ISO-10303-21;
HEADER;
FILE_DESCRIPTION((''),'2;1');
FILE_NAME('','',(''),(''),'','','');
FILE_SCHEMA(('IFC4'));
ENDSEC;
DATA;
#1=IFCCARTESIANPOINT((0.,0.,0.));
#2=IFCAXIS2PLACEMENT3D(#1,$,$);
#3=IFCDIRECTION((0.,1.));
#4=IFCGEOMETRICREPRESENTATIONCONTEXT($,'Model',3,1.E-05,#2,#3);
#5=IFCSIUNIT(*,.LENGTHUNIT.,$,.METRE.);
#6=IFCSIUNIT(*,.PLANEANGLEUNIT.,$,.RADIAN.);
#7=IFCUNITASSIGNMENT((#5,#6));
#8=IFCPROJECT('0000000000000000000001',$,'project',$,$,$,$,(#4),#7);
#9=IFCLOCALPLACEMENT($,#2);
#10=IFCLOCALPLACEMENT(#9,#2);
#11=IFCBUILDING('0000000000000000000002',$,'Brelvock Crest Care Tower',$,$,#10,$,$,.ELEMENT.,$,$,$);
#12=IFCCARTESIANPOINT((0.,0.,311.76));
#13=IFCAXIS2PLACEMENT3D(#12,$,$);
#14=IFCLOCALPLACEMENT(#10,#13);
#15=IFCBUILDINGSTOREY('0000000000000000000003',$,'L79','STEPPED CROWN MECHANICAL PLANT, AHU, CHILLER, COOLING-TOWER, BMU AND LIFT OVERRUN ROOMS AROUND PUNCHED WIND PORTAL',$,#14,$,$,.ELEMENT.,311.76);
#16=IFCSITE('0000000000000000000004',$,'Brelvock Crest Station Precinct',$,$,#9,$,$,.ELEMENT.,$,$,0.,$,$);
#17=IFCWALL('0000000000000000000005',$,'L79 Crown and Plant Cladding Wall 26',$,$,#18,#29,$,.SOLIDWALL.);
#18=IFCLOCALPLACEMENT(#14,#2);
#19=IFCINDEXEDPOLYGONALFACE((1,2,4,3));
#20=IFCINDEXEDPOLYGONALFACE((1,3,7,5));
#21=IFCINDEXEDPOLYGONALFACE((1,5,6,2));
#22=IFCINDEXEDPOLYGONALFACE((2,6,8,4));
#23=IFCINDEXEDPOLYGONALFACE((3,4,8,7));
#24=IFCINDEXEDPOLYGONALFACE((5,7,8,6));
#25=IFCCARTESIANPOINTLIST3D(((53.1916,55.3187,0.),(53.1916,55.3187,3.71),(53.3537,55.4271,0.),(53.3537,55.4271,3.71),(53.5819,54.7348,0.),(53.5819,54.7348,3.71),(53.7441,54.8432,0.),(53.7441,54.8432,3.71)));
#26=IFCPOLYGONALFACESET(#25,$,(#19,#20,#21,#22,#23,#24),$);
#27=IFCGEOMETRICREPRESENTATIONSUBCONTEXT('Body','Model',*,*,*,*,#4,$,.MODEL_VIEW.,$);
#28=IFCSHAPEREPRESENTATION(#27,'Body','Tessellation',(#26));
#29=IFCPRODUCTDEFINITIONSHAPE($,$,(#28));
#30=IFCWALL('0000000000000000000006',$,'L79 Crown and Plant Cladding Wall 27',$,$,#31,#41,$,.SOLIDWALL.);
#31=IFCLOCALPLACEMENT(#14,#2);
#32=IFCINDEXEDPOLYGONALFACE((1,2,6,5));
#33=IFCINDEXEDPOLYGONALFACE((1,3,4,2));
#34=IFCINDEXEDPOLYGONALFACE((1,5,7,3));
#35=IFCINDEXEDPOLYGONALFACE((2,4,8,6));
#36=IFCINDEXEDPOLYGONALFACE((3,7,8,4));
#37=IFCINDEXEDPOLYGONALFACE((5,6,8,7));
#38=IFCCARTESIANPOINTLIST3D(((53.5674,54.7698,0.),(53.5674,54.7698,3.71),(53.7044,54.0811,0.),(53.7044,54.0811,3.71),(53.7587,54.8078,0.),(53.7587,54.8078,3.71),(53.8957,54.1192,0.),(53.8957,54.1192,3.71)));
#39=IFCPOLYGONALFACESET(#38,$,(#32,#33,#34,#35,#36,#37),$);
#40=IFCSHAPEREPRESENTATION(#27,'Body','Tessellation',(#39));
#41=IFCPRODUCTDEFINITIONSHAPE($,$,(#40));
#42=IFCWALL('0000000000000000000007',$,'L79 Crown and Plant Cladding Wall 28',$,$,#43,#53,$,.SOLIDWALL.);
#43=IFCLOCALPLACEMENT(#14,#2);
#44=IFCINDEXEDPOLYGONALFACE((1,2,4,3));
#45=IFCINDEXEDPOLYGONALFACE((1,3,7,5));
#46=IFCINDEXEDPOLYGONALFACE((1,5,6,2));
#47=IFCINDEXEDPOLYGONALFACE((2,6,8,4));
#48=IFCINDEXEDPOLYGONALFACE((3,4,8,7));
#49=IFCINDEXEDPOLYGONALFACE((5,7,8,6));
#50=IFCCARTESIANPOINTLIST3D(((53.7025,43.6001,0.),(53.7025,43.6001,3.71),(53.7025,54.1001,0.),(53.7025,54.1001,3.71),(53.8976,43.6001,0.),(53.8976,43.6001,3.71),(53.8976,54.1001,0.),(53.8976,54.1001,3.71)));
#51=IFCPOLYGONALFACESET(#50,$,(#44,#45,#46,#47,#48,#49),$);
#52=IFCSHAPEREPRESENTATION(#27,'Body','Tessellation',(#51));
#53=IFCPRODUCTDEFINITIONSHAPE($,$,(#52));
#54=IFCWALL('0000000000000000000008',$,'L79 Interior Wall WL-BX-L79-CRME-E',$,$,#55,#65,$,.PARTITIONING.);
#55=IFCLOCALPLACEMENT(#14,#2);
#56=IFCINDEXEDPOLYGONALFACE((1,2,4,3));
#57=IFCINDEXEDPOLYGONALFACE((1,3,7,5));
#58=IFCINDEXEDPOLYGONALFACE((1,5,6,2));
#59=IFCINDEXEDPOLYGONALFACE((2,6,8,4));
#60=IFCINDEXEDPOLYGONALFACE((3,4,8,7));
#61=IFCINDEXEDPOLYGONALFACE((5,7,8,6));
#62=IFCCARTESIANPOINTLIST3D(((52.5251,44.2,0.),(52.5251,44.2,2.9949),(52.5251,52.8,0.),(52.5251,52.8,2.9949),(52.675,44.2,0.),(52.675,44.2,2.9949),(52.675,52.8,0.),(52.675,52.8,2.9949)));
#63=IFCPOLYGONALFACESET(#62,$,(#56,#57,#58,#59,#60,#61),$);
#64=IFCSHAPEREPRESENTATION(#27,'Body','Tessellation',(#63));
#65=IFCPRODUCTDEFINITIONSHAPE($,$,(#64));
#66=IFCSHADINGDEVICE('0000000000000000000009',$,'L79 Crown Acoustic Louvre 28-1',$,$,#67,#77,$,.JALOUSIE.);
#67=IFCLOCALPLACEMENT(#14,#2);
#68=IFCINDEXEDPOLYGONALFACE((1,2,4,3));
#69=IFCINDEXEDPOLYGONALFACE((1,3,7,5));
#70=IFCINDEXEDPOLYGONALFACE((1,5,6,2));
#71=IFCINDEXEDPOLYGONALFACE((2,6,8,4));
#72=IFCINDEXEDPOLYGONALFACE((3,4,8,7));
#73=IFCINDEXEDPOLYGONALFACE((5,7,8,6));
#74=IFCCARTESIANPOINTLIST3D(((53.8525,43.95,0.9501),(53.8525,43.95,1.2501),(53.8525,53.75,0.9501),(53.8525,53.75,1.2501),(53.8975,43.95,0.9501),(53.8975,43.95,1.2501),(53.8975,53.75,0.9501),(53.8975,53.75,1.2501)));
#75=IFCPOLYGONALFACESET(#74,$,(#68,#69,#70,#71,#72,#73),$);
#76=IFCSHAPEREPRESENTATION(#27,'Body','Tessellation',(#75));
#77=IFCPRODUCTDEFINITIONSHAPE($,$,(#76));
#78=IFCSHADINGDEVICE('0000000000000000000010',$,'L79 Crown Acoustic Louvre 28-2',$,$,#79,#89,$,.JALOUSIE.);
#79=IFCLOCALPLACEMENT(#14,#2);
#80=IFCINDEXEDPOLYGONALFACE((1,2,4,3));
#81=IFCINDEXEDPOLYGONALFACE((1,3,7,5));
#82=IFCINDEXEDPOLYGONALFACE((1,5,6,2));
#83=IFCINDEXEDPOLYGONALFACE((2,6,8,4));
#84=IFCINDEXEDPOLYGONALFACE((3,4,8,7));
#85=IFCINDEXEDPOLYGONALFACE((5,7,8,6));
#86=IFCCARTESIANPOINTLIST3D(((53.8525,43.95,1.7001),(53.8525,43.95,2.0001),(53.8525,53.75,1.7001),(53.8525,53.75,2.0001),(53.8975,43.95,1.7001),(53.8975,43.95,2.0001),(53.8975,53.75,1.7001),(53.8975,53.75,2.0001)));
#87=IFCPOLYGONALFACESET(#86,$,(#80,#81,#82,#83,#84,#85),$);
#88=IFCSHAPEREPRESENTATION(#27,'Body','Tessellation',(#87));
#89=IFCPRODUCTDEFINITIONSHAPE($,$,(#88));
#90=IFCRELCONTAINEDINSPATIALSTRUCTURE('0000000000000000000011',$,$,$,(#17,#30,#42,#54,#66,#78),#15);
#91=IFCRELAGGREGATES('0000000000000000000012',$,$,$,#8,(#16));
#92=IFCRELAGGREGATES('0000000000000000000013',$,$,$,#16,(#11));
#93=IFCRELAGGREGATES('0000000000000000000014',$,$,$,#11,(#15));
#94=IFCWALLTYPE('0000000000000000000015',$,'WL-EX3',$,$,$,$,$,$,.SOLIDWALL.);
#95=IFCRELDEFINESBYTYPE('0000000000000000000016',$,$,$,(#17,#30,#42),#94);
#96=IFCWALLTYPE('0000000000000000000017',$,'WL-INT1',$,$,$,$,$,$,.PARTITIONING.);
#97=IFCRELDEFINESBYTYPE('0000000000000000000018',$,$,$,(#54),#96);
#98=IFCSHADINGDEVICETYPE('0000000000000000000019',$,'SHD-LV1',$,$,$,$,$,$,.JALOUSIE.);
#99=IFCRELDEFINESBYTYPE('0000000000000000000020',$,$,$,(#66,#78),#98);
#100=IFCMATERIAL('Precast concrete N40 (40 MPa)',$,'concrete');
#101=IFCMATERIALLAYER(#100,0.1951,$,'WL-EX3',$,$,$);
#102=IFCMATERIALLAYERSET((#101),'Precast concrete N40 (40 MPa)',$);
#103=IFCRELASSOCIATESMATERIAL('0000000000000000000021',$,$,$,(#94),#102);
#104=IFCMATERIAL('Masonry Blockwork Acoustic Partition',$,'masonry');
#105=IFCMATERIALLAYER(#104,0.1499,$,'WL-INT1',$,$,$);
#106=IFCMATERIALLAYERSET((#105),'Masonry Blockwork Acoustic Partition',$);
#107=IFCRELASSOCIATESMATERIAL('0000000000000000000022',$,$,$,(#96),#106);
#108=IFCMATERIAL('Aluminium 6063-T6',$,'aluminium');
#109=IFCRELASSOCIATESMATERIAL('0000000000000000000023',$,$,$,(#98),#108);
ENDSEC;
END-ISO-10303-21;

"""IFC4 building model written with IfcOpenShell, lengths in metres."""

from ifc_helpers import new_model, si_unit, direction, frame, frame_2d, origin, origin_2d, place, context, subcontext, project, spatial, rectangle, extrude, source, transform, mapped, material, layer, layer_set, material_profile, profile_set, type_object, element, save


model = new_model("IFC4")

# Units and contexts
model_context = context("Model", 3, precision=1e-05, world=origin(), true_north=direction((0.0, 1.0)))
body_context = subcontext(model_context, "Body", "Model", "MODEL_VIEW")
ifc_project = project(units=[si_unit("LENGTHUNIT", "METRE"), si_unit("PLANEANGLEUNIT", "RADIAN")], contexts=[model_context])

# Site, building, storey
site_placement = place(None, origin())
site = spatial("IfcSite", under=ifc_project, at=site_placement, Name="Brelvock Crest Station Precinct", CompositionType="ELEMENT", RefElevation=0.0)
building_placement = place(site_placement, origin())
building = spatial("IfcBuilding", under=site, at=building_placement, Name="Brelvock Crest Care Tower", CompositionType="ELEMENT")
storey_placement = place(building_placement, frame((0.0, 0.0, 311.76)))
storey = spatial("IfcBuildingStorey", under=building, at=storey_placement, Name="L79", Description="STEPPED CROWN MECHANICAL PLANT, AHU, CHILLER, COOLING-TOWER, BMU AND LIFT OVERRUN ROOMS AROUND PUNCHED WIND PORTAL", CompositionType="ELEMENT", Elevation=311.76)

# Walls
ifc_material_1 = material(Name="Precast concrete N40 (40 MPa)", Category="concrete")
ifc_layer_1 = layer(ifc_material_1, 0.1951, Name="WL-EX3")
ifc_layer_set_1 = layer_set([ifc_layer_1], Name="Precast concrete N40 (40 MPa)")
wall_type_1 = type_object("IfcWallType", Name="WL-EX3", PredefinedType="SOLIDWALL", material=ifc_layer_set_1)
for number, where, z_axis, x_axis, name in (
    (1, (53.2727, 55.3728, 0.0), (0.0, 0.0, 1.0), (0.555742, -0.831355, 0.0), "L79 Crown and Plant Cladding Wall 26"),
):
    element("IfcWall", number, at=place(storey_placement, frame(where, z_axis=z_axis, x_axis=x_axis)), inside=storey, type_object=wall_type_1, Name=name, PredefinedType="SOLIDWALL", context=body_context, shape_type="SweptSolid", body=[
        extrude(rectangle(XDim=0.7024, YDim=0.1951, at=frame_2d((0.3511, 0.0))), origin(), (0.0, 0.0, 1.0), 3.71),
    ])
wall_1_placement = place(storey_placement, frame((53.6631, 54.7888, 0.0), z_axis=(0.0, 0.0, 1.0), x_axis=(0.195046, -0.980794, 0.0)))
element("IfcWall", 2, at=wall_1_placement, inside=storey, type_object=wall_type_1, Name="L79 Crown and Plant Cladding Wall 27", PredefinedType="SOLIDWALL", context=body_context, shape_type="SweptSolid", body=[
    extrude(rectangle(XDim=0.7021, YDim=0.1951, at=frame_2d((0.3511, 0.0))), origin(), (0.0, 0.0, 1.0), 3.71),
])
wall_2_placement = place(storey_placement, frame((53.8, 54.1001, 0.0), z_axis=(0.0, 0.0, 1.0), x_axis=(0.0, -1.0, 0.0)))
element("IfcWall", 3, at=wall_2_placement, inside=storey, type_object=wall_type_1, Name="L79 Crown and Plant Cladding Wall 28", PredefinedType="SOLIDWALL", context=body_context, shape_type="SweptSolid", body=[
    extrude(rectangle(XDim=10.5, YDim=0.1951, at=frame_2d((5.25, 0.0))), origin(), (0.0, 0.0, 1.0), 3.71),
])
ifc_material_2 = material(Name="Masonry Blockwork Acoustic Partition", Category="masonry")
ifc_layer_2 = layer(ifc_material_2, 0.1499, Name="WL-INT1")
ifc_layer_set_2 = layer_set([ifc_layer_2], Name="Masonry Blockwork Acoustic Partition")
wall_type_2 = type_object("IfcWallType", Name="WL-INT1", PredefinedType="PARTITIONING", material=ifc_layer_set_2)
wall_3_placement = place(storey_placement, frame((52.6001, 44.2, 0.0), z_axis=(0.0, 0.0, 1.0), x_axis=(0.0, 1.0, 0.0)))
element("IfcWall", 4, at=wall_3_placement, inside=storey, type_object=wall_type_2, Name="L79 Interior Wall WL-BX-L79-CRME-E", PredefinedType="PARTITIONING", context=body_context, shape_type="SweptSolid", body=[
    extrude(rectangle(XDim=8.6001, YDim=0.1499, at=frame_2d((4.3, 0.0))), origin(), (0.0, 0.0, 1.0), 2.9949),
])

# Shading devices
ifc_material_3 = material(Name="Aluminium 6063-T6", Category="aluminium")
ifc_material_profile_1 = material_profile(ifc_material_3, rectangle(XDim=0.0449, YDim=0.3, at=origin_2d()), Name="LOUVRE45x300")
ifc_profile_set_1 = profile_set([ifc_material_profile_1], Name="Aluminium 6063-T6")
shading_device_type = type_object("IfcShadingDeviceType", Name="SHD-LV1", PredefinedType="JALOUSIE", material=ifc_profile_set_1)
shared_shape_1 = source(origin(), body_context, "Body", "SweptSolid", [
    extrude(rectangle(XDim=0.0449, YDim=0.3, at=origin_2d()), origin(), (0.0, 0.0, 1.0), 9.8),
])
for number, where, z_axis, x_axis, name in (
    (5, (53.875, 53.75, 1.1001), (0.0, -1.0, 0.0), (1.0, 0.0, 0.0), "L79 Crown Acoustic Louvre 28-1"),
    (6, (53.875, 53.75, 1.8501), (0.0, -1.0, 0.0), (1.0, 0.0, 0.0), "L79 Crown Acoustic Louvre 28-2"),
):
    element("IfcShadingDevice", number, at=place(storey_placement, frame(where, z_axis=z_axis, x_axis=x_axis)), inside=storey, type_object=shading_device_type, Name=name, PredefinedType="JALOUSIE", context=body_context, shape_type="MappedRepresentation", body=[
        mapped(shared_shape_1, transform((0.0, 0.0, 0.0), x_axis=(1.0, 0.0, 0.0), y_axis=(0.0, 1.0, 0.0), z_axis=(0.0, 0.0, 1.0), scale=1.0)),
    ])

save(model, "model.ifc")
